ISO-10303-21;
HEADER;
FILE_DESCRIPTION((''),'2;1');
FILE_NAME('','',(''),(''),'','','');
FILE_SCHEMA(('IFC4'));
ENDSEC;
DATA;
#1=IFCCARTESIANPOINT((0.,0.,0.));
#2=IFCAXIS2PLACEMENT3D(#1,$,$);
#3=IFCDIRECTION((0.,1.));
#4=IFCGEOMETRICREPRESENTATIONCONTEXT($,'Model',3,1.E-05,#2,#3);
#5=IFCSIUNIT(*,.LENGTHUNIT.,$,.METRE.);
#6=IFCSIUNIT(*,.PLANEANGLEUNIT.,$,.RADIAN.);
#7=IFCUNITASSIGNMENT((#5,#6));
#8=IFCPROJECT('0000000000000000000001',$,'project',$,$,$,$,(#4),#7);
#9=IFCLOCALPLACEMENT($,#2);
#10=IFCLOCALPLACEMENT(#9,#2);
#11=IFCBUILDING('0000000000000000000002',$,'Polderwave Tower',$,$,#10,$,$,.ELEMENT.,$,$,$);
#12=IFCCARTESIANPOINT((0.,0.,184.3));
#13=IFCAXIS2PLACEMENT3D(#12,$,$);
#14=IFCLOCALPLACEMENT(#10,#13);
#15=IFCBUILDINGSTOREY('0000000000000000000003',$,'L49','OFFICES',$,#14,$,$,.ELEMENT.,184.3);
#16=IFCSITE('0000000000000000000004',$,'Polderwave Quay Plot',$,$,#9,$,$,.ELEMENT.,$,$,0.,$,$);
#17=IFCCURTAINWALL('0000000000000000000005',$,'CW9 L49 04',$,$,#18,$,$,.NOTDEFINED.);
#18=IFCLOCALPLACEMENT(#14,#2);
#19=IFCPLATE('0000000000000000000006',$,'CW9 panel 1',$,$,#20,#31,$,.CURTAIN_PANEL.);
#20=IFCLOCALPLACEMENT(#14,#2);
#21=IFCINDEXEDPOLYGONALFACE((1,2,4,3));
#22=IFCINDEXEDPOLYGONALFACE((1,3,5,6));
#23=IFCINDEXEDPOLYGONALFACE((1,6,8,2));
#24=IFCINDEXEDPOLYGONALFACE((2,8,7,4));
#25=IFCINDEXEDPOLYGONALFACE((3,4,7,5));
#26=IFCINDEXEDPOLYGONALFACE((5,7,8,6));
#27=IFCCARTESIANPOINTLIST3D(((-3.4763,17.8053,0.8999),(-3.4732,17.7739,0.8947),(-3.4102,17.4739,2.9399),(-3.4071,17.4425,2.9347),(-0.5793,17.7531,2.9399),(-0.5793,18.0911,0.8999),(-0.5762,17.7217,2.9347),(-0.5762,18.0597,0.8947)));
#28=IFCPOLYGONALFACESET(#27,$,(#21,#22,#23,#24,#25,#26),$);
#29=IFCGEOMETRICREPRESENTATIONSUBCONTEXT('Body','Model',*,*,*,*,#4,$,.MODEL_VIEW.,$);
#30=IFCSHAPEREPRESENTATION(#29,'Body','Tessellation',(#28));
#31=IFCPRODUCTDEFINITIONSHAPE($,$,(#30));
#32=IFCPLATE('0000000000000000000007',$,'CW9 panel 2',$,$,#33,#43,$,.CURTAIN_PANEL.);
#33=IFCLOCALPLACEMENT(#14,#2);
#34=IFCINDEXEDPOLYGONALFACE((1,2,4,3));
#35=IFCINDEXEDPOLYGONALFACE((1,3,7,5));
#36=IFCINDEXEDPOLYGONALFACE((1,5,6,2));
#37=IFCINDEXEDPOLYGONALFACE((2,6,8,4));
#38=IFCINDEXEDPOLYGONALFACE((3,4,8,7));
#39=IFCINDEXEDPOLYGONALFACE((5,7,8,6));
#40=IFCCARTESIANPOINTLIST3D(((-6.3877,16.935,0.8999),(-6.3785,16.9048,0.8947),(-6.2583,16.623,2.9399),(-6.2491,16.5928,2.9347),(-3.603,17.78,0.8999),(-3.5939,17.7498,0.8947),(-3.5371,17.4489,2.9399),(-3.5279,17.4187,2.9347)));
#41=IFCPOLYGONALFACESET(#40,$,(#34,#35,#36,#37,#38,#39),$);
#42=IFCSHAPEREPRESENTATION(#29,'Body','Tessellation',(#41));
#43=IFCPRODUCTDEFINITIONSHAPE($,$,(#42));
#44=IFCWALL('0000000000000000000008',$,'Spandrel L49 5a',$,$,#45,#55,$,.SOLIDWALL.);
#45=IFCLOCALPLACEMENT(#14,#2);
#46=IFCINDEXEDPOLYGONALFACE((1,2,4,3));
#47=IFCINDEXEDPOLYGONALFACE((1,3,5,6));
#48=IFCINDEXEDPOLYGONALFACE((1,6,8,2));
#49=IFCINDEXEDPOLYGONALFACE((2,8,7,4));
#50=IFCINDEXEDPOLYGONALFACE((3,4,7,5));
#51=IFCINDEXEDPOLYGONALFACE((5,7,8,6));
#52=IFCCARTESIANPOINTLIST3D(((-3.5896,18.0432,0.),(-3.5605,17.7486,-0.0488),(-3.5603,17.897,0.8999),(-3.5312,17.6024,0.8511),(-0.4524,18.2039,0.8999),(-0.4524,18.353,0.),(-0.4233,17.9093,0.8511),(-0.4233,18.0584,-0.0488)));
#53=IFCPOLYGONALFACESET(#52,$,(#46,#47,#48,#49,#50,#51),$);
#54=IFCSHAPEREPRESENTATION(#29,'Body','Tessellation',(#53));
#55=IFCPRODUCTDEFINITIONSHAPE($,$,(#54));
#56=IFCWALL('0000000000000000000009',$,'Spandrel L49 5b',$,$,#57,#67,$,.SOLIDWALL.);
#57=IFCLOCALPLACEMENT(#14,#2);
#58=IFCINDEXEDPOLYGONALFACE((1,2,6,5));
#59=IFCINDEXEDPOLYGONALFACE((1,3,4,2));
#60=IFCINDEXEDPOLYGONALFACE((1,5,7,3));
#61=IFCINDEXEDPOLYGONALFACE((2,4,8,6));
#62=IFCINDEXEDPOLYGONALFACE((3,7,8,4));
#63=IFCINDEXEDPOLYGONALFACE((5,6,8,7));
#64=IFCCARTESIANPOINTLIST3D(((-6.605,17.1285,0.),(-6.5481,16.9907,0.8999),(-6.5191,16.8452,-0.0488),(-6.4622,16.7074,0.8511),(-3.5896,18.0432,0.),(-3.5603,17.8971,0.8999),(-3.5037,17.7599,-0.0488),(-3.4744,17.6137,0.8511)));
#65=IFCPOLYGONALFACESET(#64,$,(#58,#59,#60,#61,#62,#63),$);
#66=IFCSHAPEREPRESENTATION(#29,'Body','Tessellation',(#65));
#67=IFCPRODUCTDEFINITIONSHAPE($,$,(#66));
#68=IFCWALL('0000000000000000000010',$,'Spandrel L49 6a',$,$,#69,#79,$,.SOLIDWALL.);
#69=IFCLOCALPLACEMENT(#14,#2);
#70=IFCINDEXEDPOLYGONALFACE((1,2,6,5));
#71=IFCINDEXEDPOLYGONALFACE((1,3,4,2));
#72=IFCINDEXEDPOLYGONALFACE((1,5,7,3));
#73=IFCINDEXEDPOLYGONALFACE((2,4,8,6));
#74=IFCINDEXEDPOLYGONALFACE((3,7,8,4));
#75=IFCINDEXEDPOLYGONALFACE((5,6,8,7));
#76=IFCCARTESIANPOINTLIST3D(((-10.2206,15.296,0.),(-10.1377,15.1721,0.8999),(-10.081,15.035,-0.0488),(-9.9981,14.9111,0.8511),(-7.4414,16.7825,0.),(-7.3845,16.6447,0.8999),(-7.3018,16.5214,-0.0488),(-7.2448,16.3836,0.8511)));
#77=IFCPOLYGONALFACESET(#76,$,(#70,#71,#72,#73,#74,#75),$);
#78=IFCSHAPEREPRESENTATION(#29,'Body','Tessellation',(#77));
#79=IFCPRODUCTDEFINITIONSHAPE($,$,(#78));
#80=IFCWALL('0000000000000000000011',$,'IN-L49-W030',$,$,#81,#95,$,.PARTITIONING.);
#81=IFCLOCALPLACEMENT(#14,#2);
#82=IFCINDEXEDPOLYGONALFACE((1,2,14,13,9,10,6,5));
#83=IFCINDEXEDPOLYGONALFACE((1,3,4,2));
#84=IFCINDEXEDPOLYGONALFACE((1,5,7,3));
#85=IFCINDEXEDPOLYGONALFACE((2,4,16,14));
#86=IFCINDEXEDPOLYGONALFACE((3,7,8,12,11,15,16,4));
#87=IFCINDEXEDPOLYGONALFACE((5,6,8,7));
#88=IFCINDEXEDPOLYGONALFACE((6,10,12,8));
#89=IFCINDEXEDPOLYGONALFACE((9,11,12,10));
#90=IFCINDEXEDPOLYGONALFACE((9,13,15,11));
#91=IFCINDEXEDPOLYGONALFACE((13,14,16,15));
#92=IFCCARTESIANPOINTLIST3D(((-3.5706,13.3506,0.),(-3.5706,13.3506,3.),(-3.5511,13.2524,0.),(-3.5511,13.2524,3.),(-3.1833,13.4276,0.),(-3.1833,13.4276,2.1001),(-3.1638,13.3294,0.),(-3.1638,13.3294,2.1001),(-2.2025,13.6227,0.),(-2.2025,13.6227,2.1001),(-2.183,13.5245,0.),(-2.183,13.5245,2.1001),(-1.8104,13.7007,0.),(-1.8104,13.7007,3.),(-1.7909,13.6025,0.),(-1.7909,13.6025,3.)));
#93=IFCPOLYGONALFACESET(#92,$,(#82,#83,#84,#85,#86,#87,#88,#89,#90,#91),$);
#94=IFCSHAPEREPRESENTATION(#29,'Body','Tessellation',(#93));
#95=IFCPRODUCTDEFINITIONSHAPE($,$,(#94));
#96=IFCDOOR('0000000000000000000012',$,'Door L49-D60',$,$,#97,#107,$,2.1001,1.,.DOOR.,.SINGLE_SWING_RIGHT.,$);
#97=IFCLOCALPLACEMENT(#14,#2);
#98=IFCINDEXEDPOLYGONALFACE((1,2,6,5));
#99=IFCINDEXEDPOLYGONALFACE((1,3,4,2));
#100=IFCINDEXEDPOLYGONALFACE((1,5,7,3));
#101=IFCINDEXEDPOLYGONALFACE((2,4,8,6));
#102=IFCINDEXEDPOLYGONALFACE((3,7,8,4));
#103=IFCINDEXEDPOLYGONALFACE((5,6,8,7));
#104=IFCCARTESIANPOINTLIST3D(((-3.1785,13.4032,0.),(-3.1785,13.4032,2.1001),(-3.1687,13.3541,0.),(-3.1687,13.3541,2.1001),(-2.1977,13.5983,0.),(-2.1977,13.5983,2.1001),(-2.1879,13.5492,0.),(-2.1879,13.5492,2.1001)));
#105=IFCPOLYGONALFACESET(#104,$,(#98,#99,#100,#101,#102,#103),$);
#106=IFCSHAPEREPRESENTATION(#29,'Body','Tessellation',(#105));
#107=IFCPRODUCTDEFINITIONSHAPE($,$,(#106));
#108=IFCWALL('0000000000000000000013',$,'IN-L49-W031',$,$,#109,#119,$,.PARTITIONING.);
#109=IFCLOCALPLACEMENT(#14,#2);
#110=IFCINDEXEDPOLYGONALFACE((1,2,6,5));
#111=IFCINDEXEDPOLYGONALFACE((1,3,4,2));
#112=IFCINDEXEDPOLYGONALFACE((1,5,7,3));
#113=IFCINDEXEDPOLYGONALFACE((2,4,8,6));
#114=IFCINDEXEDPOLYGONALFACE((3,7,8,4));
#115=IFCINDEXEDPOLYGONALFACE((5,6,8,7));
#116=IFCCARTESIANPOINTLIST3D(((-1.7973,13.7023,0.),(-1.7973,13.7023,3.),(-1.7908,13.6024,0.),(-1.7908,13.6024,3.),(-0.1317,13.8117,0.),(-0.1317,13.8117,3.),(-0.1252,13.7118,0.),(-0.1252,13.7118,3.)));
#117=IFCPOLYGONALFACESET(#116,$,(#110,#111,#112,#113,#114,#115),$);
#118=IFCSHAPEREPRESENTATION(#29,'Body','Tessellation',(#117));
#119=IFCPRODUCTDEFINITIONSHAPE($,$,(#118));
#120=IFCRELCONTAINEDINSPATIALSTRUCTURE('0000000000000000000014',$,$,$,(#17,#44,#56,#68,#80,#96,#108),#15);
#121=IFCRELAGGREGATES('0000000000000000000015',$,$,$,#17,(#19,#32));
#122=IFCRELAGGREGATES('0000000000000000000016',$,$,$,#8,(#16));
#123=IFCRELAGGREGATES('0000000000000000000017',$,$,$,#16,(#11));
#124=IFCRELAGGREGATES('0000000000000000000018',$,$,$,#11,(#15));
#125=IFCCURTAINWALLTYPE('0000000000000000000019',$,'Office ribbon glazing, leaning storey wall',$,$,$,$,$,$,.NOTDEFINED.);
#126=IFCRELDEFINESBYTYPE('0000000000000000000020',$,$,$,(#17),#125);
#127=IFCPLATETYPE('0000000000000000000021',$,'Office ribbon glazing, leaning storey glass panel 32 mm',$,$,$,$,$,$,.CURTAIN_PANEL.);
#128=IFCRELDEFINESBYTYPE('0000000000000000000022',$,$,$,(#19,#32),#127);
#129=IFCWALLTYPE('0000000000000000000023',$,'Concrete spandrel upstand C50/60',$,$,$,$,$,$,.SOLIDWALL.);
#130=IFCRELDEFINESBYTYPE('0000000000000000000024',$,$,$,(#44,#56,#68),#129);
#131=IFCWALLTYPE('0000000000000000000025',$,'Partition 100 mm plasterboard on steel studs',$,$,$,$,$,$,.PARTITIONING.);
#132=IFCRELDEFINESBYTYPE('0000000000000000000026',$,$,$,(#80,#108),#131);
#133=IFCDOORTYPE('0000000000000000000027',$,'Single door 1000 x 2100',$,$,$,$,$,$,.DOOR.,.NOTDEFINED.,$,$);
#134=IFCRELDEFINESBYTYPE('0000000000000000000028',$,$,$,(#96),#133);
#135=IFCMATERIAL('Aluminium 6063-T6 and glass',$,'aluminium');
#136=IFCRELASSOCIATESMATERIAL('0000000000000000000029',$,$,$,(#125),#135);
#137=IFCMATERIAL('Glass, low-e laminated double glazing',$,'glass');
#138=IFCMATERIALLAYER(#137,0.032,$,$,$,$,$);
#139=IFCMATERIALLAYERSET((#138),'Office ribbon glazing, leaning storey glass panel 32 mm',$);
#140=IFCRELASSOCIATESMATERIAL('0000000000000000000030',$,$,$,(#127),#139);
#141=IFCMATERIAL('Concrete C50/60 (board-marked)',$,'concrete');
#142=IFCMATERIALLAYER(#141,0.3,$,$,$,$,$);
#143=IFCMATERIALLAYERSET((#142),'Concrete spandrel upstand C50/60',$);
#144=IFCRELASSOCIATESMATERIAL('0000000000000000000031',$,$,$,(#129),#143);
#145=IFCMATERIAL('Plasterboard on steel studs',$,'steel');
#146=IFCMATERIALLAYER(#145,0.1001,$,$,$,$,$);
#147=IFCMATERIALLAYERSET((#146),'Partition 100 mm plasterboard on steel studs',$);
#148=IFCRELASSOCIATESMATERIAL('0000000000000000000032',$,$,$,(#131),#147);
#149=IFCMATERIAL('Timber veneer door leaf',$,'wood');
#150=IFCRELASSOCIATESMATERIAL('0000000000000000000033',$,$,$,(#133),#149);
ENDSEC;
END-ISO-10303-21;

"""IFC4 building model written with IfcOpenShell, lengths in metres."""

from ifc_helpers import new_model, si_unit, direction, frame, frame_2d, origin, place, context, subcontext, project, spatial, polyline, rectangle, outline, extrude, material, layer, layer_set, type_object, element, fill, aggregate, save


model = new_model("IFC4")

# Units and contexts
model_context = context("Model", 3, precision=1e-05, world=origin(), true_north=direction((0.0, 1.0)))
body_context = subcontext(model_context, "Body", "Model", "MODEL_VIEW")
ifc_project = project(units=[si_unit("LENGTHUNIT", "METRE"), si_unit("PLANEANGLEUNIT", "RADIAN")], contexts=[model_context])

# Site, building, storey
site_placement = place(None, origin())
site = spatial("IfcSite", under=ifc_project, at=site_placement, Name="Polderwave Quay Plot", CompositionType="ELEMENT", RefElevation=0.0)
building_placement = place(site_placement, origin())
building = spatial("IfcBuilding", under=site, at=building_placement, Name="Polderwave Tower", CompositionType="ELEMENT")
storey_placement = place(building_placement, frame((0.0, 0.0, 184.3)))
storey = spatial("IfcBuildingStorey", under=building, at=storey_placement, Name="L49", Description="OFFICES", CompositionType="ELEMENT", Elevation=184.3)

# Curtain wall
ifc_material_1 = material(Name="Aluminium 6063-T6 and glass", Category="aluminium")
curtain_wall_type = type_object("IfcCurtainWallType", Name="Office ribbon glazing, leaning storey wall", PredefinedType="NOTDEFINED", material=ifc_material_1)
curtain_wall_1_placement = place(storey_placement, origin())
curtain_wall_1 = element("IfcCurtainWall", 1, at=curtain_wall_1_placement, inside=storey, type_object=curtain_wall_type, Name="CW9 L49 04", PredefinedType="NOTDEFINED")

# Plates
ifc_material_2 = material(Name="Glass, low-e laminated double glazing", Category="glass")
ifc_layer_1 = layer(ifc_material_2, 0.032)
ifc_layer_set_1 = layer_set([ifc_layer_1], Name="Office ribbon glazing, leaning storey glass panel 32 mm")
plate_type = type_object("IfcPlateType", Name="Office ribbon glazing, leaning storey glass panel 32 mm", PredefinedType="CURTAIN_PANEL", material=ifc_layer_set_1)
plate_1_placement = place(storey_placement, frame((-0.5793, 18.0911, 0.8999), z_axis=(-0.096848, 0.981915, 0.162677), x_axis=(-0.995171, -0.098155, -0.000005)))
plate_1 = element("IfcPlate", 2, at=plate_1_placement, type_object=plate_type, Name="CW9 panel 1", PredefinedType="CURTAIN_PANEL", context=body_context, shape_type="SweptSolid", body=[
    extrude(outline(polyline([(0.0, 0.0), (2.911, 0.0), (2.8777, 2.0676), (0.0332, 2.0676), (0.0, 0.0)])), origin(), (0.0, 0.0, -1.0), 0.032),
])
plate_2_placement = place(storey_placement, frame((-3.603, 17.78, 0.8999), z_axis=(-0.286537, 0.944182, 0.16253), x_axis=(-0.956906, -0.290397, -0.000006)))
plate_2 = element("IfcPlate", 3, at=plate_2_placement, type_object=plate_type, Name="CW9 panel 2", PredefinedType="CURTAIN_PANEL", context=body_context, shape_type="SweptSolid", body=[
    extrude(outline(polyline([(0.0, 0.0), (2.91, 0.0), (2.8768, 2.0675), (0.033, 2.0675), (0.0, 0.0)])), origin(), (0.0, 0.0, -1.0), 0.032),
])
aggregate(curtain_wall_1, [plate_1, plate_2])

# Walls
ifc_material_3 = material(Name="Concrete C50/60 (board-marked)", Category="concrete")
ifc_layer_2 = layer(ifc_material_3, 0.3)
ifc_layer_set_2 = layer_set([ifc_layer_2], Name="Concrete spandrel upstand C50/60")
wall_type_1 = type_object("IfcWallType", Name="Concrete spandrel upstand C50/60", PredefinedType="SOLIDWALL", material=ifc_layer_set_2)
wall_1_placement = place(storey_placement, frame((-0.4524, 18.353, 0.0), z_axis=(-0.096961, 0.981893, 0.162741), x_axis=(-0.99516, -0.098271, 0.000001)))
element("IfcWall", 4, at=wall_1_placement, inside=storey, type_object=wall_type_1, Name="Spandrel L49 5a", PredefinedType="SOLIDWALL", context=body_context, shape_type="SweptSolid", body=[
    extrude(outline(polyline([(0.0, 0.0), (3.1525, 0.0), (3.1377, 0.9121), (0.0147, 0.9121), (0.0, 0.0)])), origin(), (0.0, 0.0, -1.0), 0.3),
])
wall_2_placement = place(storey_placement, frame((-3.5896, 18.0432, 0.0), z_axis=(-0.286419, 0.944194, 0.16267), x_axis=(-0.95694, -0.290286, 0.000004)))
element("IfcWall", 5, at=wall_2_placement, inside=storey, type_object=wall_type_1, Name="Spandrel L49 5b", PredefinedType="SOLIDWALL", context=body_context, shape_type="SweptSolid", body=[
    extrude(outline(polyline([(0.0, 0.0), (3.1511, 0.0), (3.1366, 0.912), (0.0144, 0.9121), (0.0, 0.0)])), origin(), (0.0, 0.0, -1.0), 0.3),
])
wall_3_placement = place(storey_placement, frame((-7.4414, 16.7825, 0.0), z_axis=(-0.465339, 0.870053, 0.162688), x_axis=(-0.881801, -0.471621, -0.000007)))
element("IfcWall", 6, at=wall_3_placement, inside=storey, type_object=wall_type_1, Name="Spandrel L49 6a", PredefinedType="SOLIDWALL", context=body_context, shape_type="SweptSolid", body=[
    extrude(outline(polyline([(0.0, 0.0), (3.1518, 0.0), (3.1371, 0.9121), (0.0148, 0.912), (0.0, 0.0)])), origin(), (0.0, 0.0, -1.0), 0.3),
])

# Wall, opening, door
ifc_material_4 = material(Name="Plasterboard on steel studs", Category="steel")
ifc_layer_3 = layer(ifc_material_4, 0.1001)
ifc_layer_set_3 = layer_set([ifc_layer_3], Name="Partition 100 mm plasterboard on steel studs")
wall_type_2 = type_object("IfcWallType", Name="Partition 100 mm plasterboard on steel studs", PredefinedType="PARTITIONING", material=ifc_layer_set_3)
wall_4_placement = place(storey_placement, frame((-1.8005, 13.6516, 0.0), z_axis=(0.0, 0.0, 1.0), x_axis=(-0.980789, -0.19507, 0.0)))
wall_4 = element("IfcWall", 7, at=wall_4_placement, inside=storey, type_object=wall_type_2, Name="IN-L49-W030", PredefinedType="PARTITIONING", context=body_context, shape_type="SweptSolid", body=[
    extrude(rectangle(XDim=1.7947, YDim=0.1001, at=frame_2d((0.8975, 0.0))), origin(), (0.0, 0.0, 1.0), 3.0),
])
opening_placement = place(wall_4_placement, frame((0.3999, 0.0, 0.0)))
opening = element("IfcOpeningElement", 8, at=opening_placement, cuts=wall_4, PredefinedType="OPENING", context=body_context, shape_type="SweptSolid", body=[
    extrude(rectangle(XDim=1.0, YDim=2.1001, at=frame_2d((0.5, 1.05))), frame((0.0, 0.0601, 0.0), z_axis=(0.0, -1.0, 0.0), x_axis=(1.0, 0.0, 0.0)), (0.0, 0.0, 1.0), 0.1201),
])
ifc_material_5 = material(Name="Timber veneer door leaf", Category="wood")
door_type = type_object("IfcDoorType", Name="Single door 1000 x 2100", OperationType="NOTDEFINED", PredefinedType="DOOR", material=ifc_material_5)
door_placement = place(opening_placement, origin())
door = element("IfcDoor", 9, at=door_placement, inside=storey, type_object=door_type, Name="Door L49-D60", OperationType="SINGLE_SWING_RIGHT", OverallHeight=2.1001, OverallWidth=1.0, PredefinedType="DOOR", context=body_context, shape_type="SweptSolid", body=[
    extrude(rectangle(XDim=1.0, YDim=2.1001, at=frame_2d((0.5, 1.05))), frame((0.0, 0.0249, 0.0), z_axis=(0.0, -1.0, 0.0), x_axis=(1.0, 0.0, 0.0)), (0.0, 0.0, 1.0), 0.05),
])
fill(opening, door)

# Wall
wall_5_placement = place(storey_placement, frame((-1.7939, 13.6523, 0.0), z_axis=(0.0, 0.0, 1.0), x_axis=(0.997851, 0.065529, 0.0)))
element("IfcWall", 10, at=wall_5_placement, inside=storey, type_object=wall_type_2, Name="IN-L49-W031", PredefinedType="PARTITIONING", context=body_context, shape_type="SweptSolid", body=[
    extrude(rectangle(XDim=1.6692, YDim=0.1001, at=frame_2d((0.8345, 0.0))), origin(), (0.0, 0.0, 1.0), 3.0),
])

save(model, "model.ifc")
